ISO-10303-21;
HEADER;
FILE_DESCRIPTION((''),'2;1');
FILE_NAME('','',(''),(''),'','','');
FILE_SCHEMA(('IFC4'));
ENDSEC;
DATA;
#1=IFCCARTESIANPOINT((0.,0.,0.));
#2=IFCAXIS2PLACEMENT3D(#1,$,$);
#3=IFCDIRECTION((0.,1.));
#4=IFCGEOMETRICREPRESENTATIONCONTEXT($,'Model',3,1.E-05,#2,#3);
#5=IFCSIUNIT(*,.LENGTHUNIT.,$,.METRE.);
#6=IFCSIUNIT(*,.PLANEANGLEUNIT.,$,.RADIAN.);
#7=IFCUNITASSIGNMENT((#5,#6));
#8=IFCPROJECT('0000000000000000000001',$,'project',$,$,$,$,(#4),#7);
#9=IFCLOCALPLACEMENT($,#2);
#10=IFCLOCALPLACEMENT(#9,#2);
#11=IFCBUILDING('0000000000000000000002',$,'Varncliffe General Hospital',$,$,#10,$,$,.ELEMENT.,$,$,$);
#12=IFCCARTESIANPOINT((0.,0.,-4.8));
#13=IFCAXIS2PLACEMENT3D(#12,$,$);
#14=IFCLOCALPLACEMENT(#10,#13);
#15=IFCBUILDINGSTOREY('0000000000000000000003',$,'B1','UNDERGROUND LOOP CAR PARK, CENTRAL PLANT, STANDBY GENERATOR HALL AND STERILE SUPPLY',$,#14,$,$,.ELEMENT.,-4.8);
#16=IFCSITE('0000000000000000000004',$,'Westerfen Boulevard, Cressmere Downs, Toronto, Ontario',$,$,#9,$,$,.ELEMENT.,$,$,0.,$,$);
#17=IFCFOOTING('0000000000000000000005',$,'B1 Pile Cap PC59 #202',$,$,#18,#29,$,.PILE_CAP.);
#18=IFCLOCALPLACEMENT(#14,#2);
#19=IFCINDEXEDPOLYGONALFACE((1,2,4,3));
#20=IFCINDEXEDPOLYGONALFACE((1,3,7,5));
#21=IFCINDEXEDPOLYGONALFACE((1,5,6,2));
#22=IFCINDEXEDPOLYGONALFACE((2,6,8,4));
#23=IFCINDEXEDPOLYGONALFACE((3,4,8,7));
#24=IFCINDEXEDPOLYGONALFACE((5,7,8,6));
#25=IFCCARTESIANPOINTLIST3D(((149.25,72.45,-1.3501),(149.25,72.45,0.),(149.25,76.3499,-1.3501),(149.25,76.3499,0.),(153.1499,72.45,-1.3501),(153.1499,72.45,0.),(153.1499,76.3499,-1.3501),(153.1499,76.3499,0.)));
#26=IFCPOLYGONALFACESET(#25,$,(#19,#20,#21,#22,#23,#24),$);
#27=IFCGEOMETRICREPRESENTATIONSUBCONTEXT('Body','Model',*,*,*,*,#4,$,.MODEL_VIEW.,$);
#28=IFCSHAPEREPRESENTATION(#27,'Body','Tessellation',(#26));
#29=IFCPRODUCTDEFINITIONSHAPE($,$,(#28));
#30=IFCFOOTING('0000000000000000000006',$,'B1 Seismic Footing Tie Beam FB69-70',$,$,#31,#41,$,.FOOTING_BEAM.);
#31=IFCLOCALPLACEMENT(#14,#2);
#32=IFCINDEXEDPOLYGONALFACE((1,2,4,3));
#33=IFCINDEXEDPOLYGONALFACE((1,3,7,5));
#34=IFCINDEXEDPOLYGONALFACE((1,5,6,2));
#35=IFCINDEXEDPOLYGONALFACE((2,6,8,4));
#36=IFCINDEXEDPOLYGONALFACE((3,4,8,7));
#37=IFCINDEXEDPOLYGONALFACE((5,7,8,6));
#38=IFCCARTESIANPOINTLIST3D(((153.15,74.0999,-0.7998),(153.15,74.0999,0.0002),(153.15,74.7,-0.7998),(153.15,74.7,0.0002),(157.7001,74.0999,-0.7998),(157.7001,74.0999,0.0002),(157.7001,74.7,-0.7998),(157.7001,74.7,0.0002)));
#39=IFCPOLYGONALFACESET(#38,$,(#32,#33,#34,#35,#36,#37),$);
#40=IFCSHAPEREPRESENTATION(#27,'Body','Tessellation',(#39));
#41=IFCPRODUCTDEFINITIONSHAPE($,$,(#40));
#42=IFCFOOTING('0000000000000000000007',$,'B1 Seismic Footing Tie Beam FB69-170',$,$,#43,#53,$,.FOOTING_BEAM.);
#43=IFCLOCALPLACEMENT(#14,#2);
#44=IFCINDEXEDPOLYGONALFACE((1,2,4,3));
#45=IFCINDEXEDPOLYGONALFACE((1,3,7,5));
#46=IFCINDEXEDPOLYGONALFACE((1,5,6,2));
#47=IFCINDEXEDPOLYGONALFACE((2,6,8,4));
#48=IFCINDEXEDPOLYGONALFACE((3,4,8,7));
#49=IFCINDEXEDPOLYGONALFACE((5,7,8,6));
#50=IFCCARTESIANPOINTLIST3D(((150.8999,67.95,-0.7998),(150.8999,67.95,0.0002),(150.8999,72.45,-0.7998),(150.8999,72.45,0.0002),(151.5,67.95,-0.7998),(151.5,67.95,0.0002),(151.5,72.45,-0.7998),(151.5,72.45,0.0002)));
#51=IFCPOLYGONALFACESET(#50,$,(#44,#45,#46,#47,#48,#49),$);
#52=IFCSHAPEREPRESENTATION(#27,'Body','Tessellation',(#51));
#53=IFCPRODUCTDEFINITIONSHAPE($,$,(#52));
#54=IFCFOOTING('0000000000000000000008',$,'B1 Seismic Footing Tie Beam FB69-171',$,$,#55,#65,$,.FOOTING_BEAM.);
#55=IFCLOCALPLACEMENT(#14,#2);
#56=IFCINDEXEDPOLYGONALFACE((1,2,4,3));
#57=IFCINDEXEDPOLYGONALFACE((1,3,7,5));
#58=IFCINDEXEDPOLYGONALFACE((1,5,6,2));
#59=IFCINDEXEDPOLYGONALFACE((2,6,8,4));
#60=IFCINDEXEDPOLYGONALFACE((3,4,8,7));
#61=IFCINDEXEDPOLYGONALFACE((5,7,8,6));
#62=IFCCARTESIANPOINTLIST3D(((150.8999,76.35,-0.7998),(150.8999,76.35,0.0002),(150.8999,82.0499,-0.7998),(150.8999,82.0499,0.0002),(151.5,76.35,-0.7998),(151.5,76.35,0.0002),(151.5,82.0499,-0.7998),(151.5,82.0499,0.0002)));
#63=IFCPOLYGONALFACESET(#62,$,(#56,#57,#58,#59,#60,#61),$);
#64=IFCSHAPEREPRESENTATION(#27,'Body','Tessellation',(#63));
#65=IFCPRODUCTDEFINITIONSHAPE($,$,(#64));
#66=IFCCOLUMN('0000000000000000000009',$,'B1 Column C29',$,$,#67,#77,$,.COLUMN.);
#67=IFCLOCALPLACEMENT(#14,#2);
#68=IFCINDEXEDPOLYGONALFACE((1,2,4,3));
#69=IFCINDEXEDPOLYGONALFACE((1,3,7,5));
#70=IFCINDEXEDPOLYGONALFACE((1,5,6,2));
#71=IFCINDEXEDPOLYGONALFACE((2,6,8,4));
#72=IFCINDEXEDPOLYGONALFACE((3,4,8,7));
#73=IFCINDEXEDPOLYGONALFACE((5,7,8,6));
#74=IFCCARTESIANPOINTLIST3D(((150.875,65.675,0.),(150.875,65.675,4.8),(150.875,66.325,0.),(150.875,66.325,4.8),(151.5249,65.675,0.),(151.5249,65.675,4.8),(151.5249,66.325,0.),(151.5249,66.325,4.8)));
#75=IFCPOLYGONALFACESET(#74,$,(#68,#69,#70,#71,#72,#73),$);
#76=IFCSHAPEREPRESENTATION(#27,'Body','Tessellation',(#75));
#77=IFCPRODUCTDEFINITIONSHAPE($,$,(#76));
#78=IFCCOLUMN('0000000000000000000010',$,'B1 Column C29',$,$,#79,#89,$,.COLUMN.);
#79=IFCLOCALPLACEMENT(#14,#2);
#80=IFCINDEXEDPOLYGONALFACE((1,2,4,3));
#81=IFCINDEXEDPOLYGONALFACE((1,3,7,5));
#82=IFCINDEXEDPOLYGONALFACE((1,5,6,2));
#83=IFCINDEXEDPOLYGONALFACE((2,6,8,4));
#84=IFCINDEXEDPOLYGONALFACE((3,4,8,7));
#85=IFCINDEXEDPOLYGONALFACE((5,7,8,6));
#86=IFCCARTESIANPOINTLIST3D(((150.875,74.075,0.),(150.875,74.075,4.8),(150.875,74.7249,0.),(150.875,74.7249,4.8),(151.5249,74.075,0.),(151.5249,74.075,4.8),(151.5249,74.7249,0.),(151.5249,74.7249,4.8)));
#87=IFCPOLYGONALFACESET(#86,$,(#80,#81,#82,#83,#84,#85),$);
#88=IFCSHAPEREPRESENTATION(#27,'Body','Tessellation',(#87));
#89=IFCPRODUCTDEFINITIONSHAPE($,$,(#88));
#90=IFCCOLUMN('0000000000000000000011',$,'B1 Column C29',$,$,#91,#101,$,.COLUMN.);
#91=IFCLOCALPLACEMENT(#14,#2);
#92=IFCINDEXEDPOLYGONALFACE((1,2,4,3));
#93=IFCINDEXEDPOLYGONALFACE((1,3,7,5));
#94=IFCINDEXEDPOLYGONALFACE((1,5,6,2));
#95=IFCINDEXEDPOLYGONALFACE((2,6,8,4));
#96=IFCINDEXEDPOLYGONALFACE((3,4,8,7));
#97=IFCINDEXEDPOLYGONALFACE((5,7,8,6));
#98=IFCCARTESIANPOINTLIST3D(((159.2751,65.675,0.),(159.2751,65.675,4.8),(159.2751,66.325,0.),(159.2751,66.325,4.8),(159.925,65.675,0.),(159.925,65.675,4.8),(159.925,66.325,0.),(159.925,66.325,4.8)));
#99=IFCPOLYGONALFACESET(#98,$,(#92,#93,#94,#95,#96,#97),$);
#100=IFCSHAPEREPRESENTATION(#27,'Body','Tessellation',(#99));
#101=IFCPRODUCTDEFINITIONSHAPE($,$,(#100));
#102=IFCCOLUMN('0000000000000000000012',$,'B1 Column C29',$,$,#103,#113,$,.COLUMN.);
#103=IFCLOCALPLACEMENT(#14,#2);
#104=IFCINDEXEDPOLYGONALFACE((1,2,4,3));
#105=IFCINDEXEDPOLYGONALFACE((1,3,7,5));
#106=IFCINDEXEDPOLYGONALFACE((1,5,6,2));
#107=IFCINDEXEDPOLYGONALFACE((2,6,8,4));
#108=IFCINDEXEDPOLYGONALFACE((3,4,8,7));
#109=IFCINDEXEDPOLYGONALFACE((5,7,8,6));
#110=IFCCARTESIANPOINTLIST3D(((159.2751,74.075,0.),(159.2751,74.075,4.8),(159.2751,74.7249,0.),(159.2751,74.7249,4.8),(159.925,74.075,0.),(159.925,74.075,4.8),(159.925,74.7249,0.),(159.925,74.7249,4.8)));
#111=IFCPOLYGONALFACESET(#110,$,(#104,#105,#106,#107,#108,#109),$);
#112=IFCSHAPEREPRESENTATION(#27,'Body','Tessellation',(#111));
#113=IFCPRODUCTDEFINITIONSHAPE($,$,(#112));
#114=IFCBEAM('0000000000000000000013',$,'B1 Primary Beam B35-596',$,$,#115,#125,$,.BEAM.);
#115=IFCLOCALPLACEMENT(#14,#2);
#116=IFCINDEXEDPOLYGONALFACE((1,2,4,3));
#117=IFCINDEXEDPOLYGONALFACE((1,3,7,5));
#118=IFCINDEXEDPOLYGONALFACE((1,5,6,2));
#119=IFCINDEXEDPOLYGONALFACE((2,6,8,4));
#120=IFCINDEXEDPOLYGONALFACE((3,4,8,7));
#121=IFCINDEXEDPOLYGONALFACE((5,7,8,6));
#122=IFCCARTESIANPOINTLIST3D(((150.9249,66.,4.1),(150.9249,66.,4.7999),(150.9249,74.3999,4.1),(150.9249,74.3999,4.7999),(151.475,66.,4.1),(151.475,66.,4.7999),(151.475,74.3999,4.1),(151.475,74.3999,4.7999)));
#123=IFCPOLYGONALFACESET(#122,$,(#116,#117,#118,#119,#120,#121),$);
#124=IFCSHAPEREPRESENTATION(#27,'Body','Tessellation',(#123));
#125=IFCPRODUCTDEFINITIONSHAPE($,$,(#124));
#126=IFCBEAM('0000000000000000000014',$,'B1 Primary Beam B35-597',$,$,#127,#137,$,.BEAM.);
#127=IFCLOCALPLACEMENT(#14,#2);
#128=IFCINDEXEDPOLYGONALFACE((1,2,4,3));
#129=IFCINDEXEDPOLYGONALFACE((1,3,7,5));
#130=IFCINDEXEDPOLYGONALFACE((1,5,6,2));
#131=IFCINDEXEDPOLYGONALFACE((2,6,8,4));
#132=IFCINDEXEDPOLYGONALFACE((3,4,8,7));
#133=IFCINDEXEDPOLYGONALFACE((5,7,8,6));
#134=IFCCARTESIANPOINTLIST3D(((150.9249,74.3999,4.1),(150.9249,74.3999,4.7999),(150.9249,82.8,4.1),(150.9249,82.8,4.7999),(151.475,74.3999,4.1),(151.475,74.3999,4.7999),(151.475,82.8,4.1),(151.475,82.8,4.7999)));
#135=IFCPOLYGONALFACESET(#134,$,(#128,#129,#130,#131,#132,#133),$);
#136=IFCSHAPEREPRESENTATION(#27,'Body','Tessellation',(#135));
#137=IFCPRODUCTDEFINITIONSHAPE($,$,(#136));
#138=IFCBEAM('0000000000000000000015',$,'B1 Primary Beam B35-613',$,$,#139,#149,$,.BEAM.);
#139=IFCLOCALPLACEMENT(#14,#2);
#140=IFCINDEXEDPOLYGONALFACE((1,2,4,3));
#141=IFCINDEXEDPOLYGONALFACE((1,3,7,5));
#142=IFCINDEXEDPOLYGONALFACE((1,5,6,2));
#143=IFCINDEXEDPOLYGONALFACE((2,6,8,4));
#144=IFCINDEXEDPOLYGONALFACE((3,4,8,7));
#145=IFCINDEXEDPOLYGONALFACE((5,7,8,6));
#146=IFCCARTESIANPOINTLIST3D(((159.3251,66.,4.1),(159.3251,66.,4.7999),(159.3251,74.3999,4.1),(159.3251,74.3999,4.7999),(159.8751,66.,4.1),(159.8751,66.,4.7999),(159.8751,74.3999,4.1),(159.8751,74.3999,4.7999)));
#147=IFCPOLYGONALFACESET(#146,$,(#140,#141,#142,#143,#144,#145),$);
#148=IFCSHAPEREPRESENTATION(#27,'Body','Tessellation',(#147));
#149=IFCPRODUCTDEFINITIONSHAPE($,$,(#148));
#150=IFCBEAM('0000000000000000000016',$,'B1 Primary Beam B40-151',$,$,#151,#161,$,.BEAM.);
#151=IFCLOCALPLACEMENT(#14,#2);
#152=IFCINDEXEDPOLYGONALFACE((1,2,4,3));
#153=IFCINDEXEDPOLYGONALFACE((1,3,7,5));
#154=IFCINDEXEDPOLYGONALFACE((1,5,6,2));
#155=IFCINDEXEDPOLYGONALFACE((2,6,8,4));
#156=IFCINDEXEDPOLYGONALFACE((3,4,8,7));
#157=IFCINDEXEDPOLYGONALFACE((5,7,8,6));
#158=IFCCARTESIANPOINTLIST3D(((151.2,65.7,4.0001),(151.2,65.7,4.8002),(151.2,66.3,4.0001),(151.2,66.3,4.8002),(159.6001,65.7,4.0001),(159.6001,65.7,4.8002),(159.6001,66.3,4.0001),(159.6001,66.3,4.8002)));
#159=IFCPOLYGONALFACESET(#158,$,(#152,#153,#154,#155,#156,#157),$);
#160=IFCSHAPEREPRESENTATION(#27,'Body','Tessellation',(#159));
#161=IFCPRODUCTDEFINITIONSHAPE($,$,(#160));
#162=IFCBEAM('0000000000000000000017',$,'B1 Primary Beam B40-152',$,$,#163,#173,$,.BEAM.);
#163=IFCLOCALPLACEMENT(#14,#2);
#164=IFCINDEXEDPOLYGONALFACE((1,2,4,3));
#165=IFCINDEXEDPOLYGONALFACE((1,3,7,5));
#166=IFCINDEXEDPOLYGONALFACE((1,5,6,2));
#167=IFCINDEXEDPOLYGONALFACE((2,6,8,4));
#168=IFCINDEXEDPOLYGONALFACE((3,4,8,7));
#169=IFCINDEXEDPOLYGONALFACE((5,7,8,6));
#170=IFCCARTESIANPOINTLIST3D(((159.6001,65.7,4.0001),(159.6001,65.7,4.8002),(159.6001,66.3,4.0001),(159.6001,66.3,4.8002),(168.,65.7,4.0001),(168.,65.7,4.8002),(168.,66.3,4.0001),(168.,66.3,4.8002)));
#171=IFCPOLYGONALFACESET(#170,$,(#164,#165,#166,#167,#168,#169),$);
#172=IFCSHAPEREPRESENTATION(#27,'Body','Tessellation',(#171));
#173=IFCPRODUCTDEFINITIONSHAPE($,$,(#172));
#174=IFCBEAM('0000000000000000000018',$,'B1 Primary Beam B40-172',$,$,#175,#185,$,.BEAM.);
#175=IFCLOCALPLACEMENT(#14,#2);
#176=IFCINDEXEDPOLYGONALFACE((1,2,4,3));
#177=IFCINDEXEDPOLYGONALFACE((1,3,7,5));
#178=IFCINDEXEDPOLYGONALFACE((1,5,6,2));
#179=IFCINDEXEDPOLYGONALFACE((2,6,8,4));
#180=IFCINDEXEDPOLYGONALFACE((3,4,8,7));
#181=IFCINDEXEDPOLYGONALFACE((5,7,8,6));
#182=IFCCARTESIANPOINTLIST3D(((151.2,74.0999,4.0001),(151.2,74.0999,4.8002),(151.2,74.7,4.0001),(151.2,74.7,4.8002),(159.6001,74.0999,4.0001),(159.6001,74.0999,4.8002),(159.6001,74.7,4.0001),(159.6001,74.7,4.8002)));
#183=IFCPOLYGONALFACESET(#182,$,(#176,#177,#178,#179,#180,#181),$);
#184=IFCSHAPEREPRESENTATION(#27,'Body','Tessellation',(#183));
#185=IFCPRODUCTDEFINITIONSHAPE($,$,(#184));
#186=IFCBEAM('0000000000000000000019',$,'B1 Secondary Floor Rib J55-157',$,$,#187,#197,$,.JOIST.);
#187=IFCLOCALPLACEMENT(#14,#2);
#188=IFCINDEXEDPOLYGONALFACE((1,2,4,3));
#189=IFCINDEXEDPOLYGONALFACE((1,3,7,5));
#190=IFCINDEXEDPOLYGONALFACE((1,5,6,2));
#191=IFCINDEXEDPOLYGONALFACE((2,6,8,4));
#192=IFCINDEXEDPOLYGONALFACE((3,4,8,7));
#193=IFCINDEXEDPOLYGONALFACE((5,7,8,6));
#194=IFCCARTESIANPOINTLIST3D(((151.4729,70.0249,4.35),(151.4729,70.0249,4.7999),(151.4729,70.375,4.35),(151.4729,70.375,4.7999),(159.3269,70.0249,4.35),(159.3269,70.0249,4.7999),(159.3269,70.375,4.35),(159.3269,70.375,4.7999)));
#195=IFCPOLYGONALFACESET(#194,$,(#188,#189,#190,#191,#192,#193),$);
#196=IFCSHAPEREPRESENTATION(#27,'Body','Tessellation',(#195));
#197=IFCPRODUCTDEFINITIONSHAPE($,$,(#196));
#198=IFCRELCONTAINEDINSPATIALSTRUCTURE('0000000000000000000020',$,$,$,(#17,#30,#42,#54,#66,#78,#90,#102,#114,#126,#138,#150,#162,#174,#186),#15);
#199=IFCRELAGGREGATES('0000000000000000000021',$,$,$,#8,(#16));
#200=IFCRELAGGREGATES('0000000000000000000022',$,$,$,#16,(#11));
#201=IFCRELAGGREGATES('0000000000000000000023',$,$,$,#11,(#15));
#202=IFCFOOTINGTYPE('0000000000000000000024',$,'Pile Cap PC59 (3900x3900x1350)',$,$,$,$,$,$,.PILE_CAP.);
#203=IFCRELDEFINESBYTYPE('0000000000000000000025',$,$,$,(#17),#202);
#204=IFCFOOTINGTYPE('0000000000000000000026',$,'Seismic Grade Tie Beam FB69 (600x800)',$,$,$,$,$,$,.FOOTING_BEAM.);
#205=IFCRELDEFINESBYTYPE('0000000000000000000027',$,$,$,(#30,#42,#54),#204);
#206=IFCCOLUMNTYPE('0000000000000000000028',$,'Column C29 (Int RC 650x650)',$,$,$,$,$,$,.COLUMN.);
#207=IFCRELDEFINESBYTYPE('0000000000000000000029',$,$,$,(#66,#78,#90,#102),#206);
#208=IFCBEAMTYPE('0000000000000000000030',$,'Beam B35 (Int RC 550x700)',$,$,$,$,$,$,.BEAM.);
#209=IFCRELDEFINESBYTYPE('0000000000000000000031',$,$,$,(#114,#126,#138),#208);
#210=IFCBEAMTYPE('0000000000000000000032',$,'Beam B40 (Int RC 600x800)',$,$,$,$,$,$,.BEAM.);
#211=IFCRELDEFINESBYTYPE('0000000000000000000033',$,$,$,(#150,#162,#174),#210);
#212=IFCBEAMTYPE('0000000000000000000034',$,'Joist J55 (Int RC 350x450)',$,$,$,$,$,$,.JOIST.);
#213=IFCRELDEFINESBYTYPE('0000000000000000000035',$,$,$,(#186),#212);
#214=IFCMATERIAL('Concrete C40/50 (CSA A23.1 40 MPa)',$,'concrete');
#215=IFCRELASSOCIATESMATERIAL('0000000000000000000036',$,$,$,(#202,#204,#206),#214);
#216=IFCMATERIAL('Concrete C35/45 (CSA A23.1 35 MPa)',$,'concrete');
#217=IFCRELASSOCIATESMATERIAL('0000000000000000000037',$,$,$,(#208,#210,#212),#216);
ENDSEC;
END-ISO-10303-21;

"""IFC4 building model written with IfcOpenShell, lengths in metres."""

from ifc_helpers import new_model, si_unit, direction, frame, origin, origin_2d, place, context, subcontext, project, spatial, rectangle, extrude, material, material_profile, profile_set, type_object, element, save


model = new_model("IFC4")

# Units and contexts
model_context = context("Model", 3, precision=1e-05, world=origin(), true_north=direction((0.0, 1.0)))
body_context = subcontext(model_context, "Body", "Model", "MODEL_VIEW")
ifc_project = project(units=[si_unit("LENGTHUNIT", "METRE"), si_unit("PLANEANGLEUNIT", "RADIAN")], contexts=[model_context])

# Site, building, storey
site_placement = place(None, origin())
site = spatial("IfcSite", under=ifc_project, at=site_placement, Name="Westerfen Boulevard, Cressmere Downs, Toronto, Ontario", CompositionType="ELEMENT", RefElevation=0.0)
building_placement = place(site_placement, origin())
building = spatial("IfcBuilding", under=site, at=building_placement, Name="Varncliffe General Hospital", CompositionType="ELEMENT")
storey_placement = place(building_placement, frame((0.0, 0.0, -4.8)))
storey = spatial("IfcBuildingStorey", under=building, at=storey_placement, Name="B1", Description="UNDERGROUND LOOP CAR PARK, CENTRAL PLANT, STANDBY GENERATOR HALL AND STERILE SUPPLY", CompositionType="ELEMENT", Elevation=-4.8)

# Shared definitions
ifc_material_1 = material(Name="Concrete C40/50 (CSA A23.1 40 MPa)", Category="concrete")

# Footings
footing_type_1 = type_object("IfcFootingType", Name="Pile Cap PC59 (3900x3900x1350)", PredefinedType="PILE_CAP", material=ifc_material_1)
for number, where, z_axis, x_axis, name in (
    (1, (151.2, 74.3999, -1.3501), (0.0, 0.0, 1.0), (1.0, 0.0, 0.0), "B1 Pile Cap PC59 #202"),
):
    element("IfcFooting", number, at=place(storey_placement, frame(where, z_axis=z_axis, x_axis=x_axis)), inside=storey, type_object=footing_type_1, Name=name, PredefinedType="PILE_CAP", context=body_context, shape_type="SweptSolid", body=[
        extrude(rectangle(XDim=3.8999, YDim=3.8999, at=origin_2d()), origin(), (0.0, 0.0, 1.0), 1.3501),
    ])
footing_type_2 = type_object("IfcFootingType", Name="Seismic Grade Tie Beam FB69 (600x800)", PredefinedType="FOOTING_BEAM", material=ifc_material_1)
footing_1_placement = place(storey_placement, frame((155.425, 74.3999, -0.7998), z_axis=(0.0, 0.0, 1.0), x_axis=(1.0, 0.0, 0.0)))
element("IfcFooting", 2, at=footing_1_placement, inside=storey, type_object=footing_type_2, Name="B1 Seismic Footing Tie Beam FB69-70", PredefinedType="FOOTING_BEAM", context=body_context, shape_type="SweptSolid", body=[
    extrude(rectangle(XDim=4.55, YDim=0.6001, at=origin_2d()), origin(), (0.0, 0.0, 1.0), 0.8),
])
footing_2_placement = place(storey_placement, frame((151.2, 70.2, -0.7998), z_axis=(0.0, 0.0, 1.0), x_axis=(1.0, 0.0, 0.0)))
element("IfcFooting", 3, at=footing_2_placement, inside=storey, type_object=footing_type_2, Name="B1 Seismic Footing Tie Beam FB69-170", PredefinedType="FOOTING_BEAM", context=body_context, shape_type="SweptSolid", body=[
    extrude(rectangle(XDim=0.6001, YDim=4.5, at=origin_2d()), origin(), (0.0, 0.0, 1.0), 0.8),
])
footing_3_placement = place(storey_placement, frame((151.2, 79.2, -0.7998), z_axis=(0.0, 0.0, 1.0), x_axis=(1.0, 0.0, 0.0)))
element("IfcFooting", 4, at=footing_3_placement, inside=storey, type_object=footing_type_2, Name="B1 Seismic Footing Tie Beam FB69-171", PredefinedType="FOOTING_BEAM", context=body_context, shape_type="SweptSolid", body=[
    extrude(rectangle(XDim=0.6001, YDim=5.7, at=origin_2d()), origin(), (0.0, 0.0, 1.0), 0.8),
])

# Columns
ifc_material_profile_1 = material_profile(ifc_material_1, rectangle(XDim=0.6499, YDim=0.6499, at=origin_2d()), Name="RC 650x650")
ifc_profile_set_1 = profile_set([ifc_material_profile_1], Name="Concrete C40/50 (CSA A23.1 40 MPa)")
column_type = type_object("IfcColumnType", Name="Column C29 (Int RC 650x650)", PredefinedType="COLUMN", material=ifc_profile_set_1)
for number, where, z_axis, x_axis, name in (
    (5, (151.2, 66.0, 0.0), (0.0, 0.0, 1.0), (1.0, 0.0, 0.0), "B1 Column C29"),
    (6, (151.2, 74.3999, 0.0), (0.0, 0.0, 1.0), (1.0, 0.0, 0.0), "B1 Column C29"),
    (7, (159.6001, 66.0, 0.0), (0.0, 0.0, 1.0), (1.0, 0.0, 0.0), "B1 Column C29"),
    (8, (159.6001, 74.3999, 0.0), (0.0, 0.0, 1.0), (1.0, 0.0, 0.0), "B1 Column C29"),
):
    element("IfcColumn", number, at=place(storey_placement, frame(where, z_axis=z_axis, x_axis=x_axis)), inside=storey, type_object=column_type, Name=name, PredefinedType="COLUMN", context=body_context, shape_type="SweptSolid", body=[
        extrude(rectangle(XDim=0.6499, YDim=0.6499, at=origin_2d()), origin(), (0.0, 0.0, 1.0), 4.8),
    ])

# Beams
ifc_material_2 = material(Name="Concrete C35/45 (CSA A23.1 35 MPa)", Category="concrete")
ifc_material_profile_2 = material_profile(ifc_material_2, rectangle(XDim=0.55, YDim=0.7, at=origin_2d()), Name="RC 550x700")
ifc_profile_set_2 = profile_set([ifc_material_profile_2], Name="Concrete C35/45 (CSA A23.1 35 MPa)")
beam_type_1 = type_object("IfcBeamType", Name="Beam B35 (Int RC 550x700)", PredefinedType="BEAM", material=ifc_profile_set_2)
beam_1_placement = place(storey_placement, frame((151.2, 66.0, 4.45), z_axis=(0.0, 1.0, 0.0), x_axis=(-1.0, 0.0, 0.0)))
element("IfcBeam", 9, at=beam_1_placement, inside=storey, type_object=beam_type_1, Name="B1 Primary Beam B35-596", PredefinedType="BEAM", context=body_context, shape_type="SweptSolid", body=[
    extrude(rectangle(XDim=0.55, YDim=0.7, at=origin_2d()), origin(), (0.0, 0.0, 1.0), 8.3999),
])
beam_2_placement = place(storey_placement, frame((151.2, 74.3999, 4.45), z_axis=(0.0, 1.0, 0.0), x_axis=(-1.0, 0.0, 0.0)))
element("IfcBeam", 10, at=beam_2_placement, inside=storey, type_object=beam_type_1, Name="B1 Primary Beam B35-597", PredefinedType="BEAM", context=body_context, shape_type="SweptSolid", body=[
    extrude(rectangle(XDim=0.55, YDim=0.7, at=origin_2d()), origin(), (0.0, 0.0, 1.0), 8.4001),
])
beam_3_placement = place(storey_placement, frame((159.6001, 66.0, 4.45), z_axis=(0.0, 1.0, 0.0), x_axis=(-1.0, 0.0, 0.0)))
element("IfcBeam", 11, at=beam_3_placement, inside=storey, type_object=beam_type_1, Name="B1 Primary Beam B35-613", PredefinedType="BEAM", context=body_context, shape_type="SweptSolid", body=[
    extrude(rectangle(XDim=0.55, YDim=0.7, at=origin_2d()), origin(), (0.0, 0.0, 1.0), 8.3999),
])
ifc_material_profile_3 = material_profile(ifc_material_2, rectangle(XDim=0.6001, YDim=0.8, at=origin_2d()), Name="RC 600x800")
ifc_profile_set_3 = profile_set([ifc_material_profile_3], Name="Concrete C35/45 (CSA A23.1 35 MPa)")
beam_type_2 = type_object("IfcBeamType", Name="Beam B40 (Int RC 600x800)", PredefinedType="BEAM", material=ifc_profile_set_3)
beam_4_placement = place(storey_placement, frame((151.2, 66.0, 4.4001), z_axis=(1.0, 0.0, 0.0), x_axis=(0.0, 1.0, 0.0)))
element("IfcBeam", 12, at=beam_4_placement, inside=storey, type_object=beam_type_2, Name="B1 Primary Beam B40-151", PredefinedType="BEAM", context=body_context, shape_type="SweptSolid", body=[
    extrude(rectangle(XDim=0.6001, YDim=0.8, at=origin_2d()), origin(), (0.0, 0.0, 1.0), 8.4001),
])
beam_5_placement = place(storey_placement, frame((159.6001, 66.0, 4.4001), z_axis=(1.0, 0.0, 0.0), x_axis=(0.0, 1.0, 0.0)))
element("IfcBeam", 13, at=beam_5_placement, inside=storey, type_object=beam_type_2, Name="B1 Primary Beam B40-152", PredefinedType="BEAM", context=body_context, shape_type="SweptSolid", body=[
    extrude(rectangle(XDim=0.6001, YDim=0.8, at=origin_2d()), origin(), (0.0, 0.0, 1.0), 8.3999),
])
beam_6_placement = place(storey_placement, frame((151.2, 74.3999, 4.4001), z_axis=(1.0, 0.0, 0.0), x_axis=(0.0, 1.0, 0.0)))
element("IfcBeam", 14, at=beam_6_placement, inside=storey, type_object=beam_type_2, Name="B1 Primary Beam B40-172", PredefinedType="BEAM", context=body_context, shape_type="SweptSolid", body=[
    extrude(rectangle(XDim=0.6001, YDim=0.8, at=origin_2d()), origin(), (0.0, 0.0, 1.0), 8.4001),
])
ifc_material_profile_4 = material_profile(ifc_material_2, rectangle(XDim=0.3501, YDim=0.45, at=origin_2d()), Name="RC 350x450")
ifc_profile_set_4 = profile_set([ifc_material_profile_4], Name="Concrete C35/45 (CSA A23.1 35 MPa)")
beam_type_3 = type_object("IfcBeamType", Name="Joist J55 (Int RC 350x450)", PredefinedType="JOIST", material=ifc_profile_set_4)
for number, where, z_axis, x_axis, name in (
    (15, (151.4729, 70.2, 4.575), (1.0, 0.0, 0.0), (0.0, 1.0, 0.0), "B1 Secondary Floor Rib J55-157"),
):
    element("IfcBeam", number, at=place(storey_placement, frame(where, z_axis=z_axis, x_axis=x_axis)), inside=storey, type_object=beam_type_3, Name=name, PredefinedType="JOIST", context=body_context, shape_type="SweptSolid", body=[
        extrude(rectangle(XDim=0.3501, YDim=0.45, at=origin_2d()), origin(), (0.0, 0.0, 1.0), 7.854),
    ])

save(model, "model.ifc")
